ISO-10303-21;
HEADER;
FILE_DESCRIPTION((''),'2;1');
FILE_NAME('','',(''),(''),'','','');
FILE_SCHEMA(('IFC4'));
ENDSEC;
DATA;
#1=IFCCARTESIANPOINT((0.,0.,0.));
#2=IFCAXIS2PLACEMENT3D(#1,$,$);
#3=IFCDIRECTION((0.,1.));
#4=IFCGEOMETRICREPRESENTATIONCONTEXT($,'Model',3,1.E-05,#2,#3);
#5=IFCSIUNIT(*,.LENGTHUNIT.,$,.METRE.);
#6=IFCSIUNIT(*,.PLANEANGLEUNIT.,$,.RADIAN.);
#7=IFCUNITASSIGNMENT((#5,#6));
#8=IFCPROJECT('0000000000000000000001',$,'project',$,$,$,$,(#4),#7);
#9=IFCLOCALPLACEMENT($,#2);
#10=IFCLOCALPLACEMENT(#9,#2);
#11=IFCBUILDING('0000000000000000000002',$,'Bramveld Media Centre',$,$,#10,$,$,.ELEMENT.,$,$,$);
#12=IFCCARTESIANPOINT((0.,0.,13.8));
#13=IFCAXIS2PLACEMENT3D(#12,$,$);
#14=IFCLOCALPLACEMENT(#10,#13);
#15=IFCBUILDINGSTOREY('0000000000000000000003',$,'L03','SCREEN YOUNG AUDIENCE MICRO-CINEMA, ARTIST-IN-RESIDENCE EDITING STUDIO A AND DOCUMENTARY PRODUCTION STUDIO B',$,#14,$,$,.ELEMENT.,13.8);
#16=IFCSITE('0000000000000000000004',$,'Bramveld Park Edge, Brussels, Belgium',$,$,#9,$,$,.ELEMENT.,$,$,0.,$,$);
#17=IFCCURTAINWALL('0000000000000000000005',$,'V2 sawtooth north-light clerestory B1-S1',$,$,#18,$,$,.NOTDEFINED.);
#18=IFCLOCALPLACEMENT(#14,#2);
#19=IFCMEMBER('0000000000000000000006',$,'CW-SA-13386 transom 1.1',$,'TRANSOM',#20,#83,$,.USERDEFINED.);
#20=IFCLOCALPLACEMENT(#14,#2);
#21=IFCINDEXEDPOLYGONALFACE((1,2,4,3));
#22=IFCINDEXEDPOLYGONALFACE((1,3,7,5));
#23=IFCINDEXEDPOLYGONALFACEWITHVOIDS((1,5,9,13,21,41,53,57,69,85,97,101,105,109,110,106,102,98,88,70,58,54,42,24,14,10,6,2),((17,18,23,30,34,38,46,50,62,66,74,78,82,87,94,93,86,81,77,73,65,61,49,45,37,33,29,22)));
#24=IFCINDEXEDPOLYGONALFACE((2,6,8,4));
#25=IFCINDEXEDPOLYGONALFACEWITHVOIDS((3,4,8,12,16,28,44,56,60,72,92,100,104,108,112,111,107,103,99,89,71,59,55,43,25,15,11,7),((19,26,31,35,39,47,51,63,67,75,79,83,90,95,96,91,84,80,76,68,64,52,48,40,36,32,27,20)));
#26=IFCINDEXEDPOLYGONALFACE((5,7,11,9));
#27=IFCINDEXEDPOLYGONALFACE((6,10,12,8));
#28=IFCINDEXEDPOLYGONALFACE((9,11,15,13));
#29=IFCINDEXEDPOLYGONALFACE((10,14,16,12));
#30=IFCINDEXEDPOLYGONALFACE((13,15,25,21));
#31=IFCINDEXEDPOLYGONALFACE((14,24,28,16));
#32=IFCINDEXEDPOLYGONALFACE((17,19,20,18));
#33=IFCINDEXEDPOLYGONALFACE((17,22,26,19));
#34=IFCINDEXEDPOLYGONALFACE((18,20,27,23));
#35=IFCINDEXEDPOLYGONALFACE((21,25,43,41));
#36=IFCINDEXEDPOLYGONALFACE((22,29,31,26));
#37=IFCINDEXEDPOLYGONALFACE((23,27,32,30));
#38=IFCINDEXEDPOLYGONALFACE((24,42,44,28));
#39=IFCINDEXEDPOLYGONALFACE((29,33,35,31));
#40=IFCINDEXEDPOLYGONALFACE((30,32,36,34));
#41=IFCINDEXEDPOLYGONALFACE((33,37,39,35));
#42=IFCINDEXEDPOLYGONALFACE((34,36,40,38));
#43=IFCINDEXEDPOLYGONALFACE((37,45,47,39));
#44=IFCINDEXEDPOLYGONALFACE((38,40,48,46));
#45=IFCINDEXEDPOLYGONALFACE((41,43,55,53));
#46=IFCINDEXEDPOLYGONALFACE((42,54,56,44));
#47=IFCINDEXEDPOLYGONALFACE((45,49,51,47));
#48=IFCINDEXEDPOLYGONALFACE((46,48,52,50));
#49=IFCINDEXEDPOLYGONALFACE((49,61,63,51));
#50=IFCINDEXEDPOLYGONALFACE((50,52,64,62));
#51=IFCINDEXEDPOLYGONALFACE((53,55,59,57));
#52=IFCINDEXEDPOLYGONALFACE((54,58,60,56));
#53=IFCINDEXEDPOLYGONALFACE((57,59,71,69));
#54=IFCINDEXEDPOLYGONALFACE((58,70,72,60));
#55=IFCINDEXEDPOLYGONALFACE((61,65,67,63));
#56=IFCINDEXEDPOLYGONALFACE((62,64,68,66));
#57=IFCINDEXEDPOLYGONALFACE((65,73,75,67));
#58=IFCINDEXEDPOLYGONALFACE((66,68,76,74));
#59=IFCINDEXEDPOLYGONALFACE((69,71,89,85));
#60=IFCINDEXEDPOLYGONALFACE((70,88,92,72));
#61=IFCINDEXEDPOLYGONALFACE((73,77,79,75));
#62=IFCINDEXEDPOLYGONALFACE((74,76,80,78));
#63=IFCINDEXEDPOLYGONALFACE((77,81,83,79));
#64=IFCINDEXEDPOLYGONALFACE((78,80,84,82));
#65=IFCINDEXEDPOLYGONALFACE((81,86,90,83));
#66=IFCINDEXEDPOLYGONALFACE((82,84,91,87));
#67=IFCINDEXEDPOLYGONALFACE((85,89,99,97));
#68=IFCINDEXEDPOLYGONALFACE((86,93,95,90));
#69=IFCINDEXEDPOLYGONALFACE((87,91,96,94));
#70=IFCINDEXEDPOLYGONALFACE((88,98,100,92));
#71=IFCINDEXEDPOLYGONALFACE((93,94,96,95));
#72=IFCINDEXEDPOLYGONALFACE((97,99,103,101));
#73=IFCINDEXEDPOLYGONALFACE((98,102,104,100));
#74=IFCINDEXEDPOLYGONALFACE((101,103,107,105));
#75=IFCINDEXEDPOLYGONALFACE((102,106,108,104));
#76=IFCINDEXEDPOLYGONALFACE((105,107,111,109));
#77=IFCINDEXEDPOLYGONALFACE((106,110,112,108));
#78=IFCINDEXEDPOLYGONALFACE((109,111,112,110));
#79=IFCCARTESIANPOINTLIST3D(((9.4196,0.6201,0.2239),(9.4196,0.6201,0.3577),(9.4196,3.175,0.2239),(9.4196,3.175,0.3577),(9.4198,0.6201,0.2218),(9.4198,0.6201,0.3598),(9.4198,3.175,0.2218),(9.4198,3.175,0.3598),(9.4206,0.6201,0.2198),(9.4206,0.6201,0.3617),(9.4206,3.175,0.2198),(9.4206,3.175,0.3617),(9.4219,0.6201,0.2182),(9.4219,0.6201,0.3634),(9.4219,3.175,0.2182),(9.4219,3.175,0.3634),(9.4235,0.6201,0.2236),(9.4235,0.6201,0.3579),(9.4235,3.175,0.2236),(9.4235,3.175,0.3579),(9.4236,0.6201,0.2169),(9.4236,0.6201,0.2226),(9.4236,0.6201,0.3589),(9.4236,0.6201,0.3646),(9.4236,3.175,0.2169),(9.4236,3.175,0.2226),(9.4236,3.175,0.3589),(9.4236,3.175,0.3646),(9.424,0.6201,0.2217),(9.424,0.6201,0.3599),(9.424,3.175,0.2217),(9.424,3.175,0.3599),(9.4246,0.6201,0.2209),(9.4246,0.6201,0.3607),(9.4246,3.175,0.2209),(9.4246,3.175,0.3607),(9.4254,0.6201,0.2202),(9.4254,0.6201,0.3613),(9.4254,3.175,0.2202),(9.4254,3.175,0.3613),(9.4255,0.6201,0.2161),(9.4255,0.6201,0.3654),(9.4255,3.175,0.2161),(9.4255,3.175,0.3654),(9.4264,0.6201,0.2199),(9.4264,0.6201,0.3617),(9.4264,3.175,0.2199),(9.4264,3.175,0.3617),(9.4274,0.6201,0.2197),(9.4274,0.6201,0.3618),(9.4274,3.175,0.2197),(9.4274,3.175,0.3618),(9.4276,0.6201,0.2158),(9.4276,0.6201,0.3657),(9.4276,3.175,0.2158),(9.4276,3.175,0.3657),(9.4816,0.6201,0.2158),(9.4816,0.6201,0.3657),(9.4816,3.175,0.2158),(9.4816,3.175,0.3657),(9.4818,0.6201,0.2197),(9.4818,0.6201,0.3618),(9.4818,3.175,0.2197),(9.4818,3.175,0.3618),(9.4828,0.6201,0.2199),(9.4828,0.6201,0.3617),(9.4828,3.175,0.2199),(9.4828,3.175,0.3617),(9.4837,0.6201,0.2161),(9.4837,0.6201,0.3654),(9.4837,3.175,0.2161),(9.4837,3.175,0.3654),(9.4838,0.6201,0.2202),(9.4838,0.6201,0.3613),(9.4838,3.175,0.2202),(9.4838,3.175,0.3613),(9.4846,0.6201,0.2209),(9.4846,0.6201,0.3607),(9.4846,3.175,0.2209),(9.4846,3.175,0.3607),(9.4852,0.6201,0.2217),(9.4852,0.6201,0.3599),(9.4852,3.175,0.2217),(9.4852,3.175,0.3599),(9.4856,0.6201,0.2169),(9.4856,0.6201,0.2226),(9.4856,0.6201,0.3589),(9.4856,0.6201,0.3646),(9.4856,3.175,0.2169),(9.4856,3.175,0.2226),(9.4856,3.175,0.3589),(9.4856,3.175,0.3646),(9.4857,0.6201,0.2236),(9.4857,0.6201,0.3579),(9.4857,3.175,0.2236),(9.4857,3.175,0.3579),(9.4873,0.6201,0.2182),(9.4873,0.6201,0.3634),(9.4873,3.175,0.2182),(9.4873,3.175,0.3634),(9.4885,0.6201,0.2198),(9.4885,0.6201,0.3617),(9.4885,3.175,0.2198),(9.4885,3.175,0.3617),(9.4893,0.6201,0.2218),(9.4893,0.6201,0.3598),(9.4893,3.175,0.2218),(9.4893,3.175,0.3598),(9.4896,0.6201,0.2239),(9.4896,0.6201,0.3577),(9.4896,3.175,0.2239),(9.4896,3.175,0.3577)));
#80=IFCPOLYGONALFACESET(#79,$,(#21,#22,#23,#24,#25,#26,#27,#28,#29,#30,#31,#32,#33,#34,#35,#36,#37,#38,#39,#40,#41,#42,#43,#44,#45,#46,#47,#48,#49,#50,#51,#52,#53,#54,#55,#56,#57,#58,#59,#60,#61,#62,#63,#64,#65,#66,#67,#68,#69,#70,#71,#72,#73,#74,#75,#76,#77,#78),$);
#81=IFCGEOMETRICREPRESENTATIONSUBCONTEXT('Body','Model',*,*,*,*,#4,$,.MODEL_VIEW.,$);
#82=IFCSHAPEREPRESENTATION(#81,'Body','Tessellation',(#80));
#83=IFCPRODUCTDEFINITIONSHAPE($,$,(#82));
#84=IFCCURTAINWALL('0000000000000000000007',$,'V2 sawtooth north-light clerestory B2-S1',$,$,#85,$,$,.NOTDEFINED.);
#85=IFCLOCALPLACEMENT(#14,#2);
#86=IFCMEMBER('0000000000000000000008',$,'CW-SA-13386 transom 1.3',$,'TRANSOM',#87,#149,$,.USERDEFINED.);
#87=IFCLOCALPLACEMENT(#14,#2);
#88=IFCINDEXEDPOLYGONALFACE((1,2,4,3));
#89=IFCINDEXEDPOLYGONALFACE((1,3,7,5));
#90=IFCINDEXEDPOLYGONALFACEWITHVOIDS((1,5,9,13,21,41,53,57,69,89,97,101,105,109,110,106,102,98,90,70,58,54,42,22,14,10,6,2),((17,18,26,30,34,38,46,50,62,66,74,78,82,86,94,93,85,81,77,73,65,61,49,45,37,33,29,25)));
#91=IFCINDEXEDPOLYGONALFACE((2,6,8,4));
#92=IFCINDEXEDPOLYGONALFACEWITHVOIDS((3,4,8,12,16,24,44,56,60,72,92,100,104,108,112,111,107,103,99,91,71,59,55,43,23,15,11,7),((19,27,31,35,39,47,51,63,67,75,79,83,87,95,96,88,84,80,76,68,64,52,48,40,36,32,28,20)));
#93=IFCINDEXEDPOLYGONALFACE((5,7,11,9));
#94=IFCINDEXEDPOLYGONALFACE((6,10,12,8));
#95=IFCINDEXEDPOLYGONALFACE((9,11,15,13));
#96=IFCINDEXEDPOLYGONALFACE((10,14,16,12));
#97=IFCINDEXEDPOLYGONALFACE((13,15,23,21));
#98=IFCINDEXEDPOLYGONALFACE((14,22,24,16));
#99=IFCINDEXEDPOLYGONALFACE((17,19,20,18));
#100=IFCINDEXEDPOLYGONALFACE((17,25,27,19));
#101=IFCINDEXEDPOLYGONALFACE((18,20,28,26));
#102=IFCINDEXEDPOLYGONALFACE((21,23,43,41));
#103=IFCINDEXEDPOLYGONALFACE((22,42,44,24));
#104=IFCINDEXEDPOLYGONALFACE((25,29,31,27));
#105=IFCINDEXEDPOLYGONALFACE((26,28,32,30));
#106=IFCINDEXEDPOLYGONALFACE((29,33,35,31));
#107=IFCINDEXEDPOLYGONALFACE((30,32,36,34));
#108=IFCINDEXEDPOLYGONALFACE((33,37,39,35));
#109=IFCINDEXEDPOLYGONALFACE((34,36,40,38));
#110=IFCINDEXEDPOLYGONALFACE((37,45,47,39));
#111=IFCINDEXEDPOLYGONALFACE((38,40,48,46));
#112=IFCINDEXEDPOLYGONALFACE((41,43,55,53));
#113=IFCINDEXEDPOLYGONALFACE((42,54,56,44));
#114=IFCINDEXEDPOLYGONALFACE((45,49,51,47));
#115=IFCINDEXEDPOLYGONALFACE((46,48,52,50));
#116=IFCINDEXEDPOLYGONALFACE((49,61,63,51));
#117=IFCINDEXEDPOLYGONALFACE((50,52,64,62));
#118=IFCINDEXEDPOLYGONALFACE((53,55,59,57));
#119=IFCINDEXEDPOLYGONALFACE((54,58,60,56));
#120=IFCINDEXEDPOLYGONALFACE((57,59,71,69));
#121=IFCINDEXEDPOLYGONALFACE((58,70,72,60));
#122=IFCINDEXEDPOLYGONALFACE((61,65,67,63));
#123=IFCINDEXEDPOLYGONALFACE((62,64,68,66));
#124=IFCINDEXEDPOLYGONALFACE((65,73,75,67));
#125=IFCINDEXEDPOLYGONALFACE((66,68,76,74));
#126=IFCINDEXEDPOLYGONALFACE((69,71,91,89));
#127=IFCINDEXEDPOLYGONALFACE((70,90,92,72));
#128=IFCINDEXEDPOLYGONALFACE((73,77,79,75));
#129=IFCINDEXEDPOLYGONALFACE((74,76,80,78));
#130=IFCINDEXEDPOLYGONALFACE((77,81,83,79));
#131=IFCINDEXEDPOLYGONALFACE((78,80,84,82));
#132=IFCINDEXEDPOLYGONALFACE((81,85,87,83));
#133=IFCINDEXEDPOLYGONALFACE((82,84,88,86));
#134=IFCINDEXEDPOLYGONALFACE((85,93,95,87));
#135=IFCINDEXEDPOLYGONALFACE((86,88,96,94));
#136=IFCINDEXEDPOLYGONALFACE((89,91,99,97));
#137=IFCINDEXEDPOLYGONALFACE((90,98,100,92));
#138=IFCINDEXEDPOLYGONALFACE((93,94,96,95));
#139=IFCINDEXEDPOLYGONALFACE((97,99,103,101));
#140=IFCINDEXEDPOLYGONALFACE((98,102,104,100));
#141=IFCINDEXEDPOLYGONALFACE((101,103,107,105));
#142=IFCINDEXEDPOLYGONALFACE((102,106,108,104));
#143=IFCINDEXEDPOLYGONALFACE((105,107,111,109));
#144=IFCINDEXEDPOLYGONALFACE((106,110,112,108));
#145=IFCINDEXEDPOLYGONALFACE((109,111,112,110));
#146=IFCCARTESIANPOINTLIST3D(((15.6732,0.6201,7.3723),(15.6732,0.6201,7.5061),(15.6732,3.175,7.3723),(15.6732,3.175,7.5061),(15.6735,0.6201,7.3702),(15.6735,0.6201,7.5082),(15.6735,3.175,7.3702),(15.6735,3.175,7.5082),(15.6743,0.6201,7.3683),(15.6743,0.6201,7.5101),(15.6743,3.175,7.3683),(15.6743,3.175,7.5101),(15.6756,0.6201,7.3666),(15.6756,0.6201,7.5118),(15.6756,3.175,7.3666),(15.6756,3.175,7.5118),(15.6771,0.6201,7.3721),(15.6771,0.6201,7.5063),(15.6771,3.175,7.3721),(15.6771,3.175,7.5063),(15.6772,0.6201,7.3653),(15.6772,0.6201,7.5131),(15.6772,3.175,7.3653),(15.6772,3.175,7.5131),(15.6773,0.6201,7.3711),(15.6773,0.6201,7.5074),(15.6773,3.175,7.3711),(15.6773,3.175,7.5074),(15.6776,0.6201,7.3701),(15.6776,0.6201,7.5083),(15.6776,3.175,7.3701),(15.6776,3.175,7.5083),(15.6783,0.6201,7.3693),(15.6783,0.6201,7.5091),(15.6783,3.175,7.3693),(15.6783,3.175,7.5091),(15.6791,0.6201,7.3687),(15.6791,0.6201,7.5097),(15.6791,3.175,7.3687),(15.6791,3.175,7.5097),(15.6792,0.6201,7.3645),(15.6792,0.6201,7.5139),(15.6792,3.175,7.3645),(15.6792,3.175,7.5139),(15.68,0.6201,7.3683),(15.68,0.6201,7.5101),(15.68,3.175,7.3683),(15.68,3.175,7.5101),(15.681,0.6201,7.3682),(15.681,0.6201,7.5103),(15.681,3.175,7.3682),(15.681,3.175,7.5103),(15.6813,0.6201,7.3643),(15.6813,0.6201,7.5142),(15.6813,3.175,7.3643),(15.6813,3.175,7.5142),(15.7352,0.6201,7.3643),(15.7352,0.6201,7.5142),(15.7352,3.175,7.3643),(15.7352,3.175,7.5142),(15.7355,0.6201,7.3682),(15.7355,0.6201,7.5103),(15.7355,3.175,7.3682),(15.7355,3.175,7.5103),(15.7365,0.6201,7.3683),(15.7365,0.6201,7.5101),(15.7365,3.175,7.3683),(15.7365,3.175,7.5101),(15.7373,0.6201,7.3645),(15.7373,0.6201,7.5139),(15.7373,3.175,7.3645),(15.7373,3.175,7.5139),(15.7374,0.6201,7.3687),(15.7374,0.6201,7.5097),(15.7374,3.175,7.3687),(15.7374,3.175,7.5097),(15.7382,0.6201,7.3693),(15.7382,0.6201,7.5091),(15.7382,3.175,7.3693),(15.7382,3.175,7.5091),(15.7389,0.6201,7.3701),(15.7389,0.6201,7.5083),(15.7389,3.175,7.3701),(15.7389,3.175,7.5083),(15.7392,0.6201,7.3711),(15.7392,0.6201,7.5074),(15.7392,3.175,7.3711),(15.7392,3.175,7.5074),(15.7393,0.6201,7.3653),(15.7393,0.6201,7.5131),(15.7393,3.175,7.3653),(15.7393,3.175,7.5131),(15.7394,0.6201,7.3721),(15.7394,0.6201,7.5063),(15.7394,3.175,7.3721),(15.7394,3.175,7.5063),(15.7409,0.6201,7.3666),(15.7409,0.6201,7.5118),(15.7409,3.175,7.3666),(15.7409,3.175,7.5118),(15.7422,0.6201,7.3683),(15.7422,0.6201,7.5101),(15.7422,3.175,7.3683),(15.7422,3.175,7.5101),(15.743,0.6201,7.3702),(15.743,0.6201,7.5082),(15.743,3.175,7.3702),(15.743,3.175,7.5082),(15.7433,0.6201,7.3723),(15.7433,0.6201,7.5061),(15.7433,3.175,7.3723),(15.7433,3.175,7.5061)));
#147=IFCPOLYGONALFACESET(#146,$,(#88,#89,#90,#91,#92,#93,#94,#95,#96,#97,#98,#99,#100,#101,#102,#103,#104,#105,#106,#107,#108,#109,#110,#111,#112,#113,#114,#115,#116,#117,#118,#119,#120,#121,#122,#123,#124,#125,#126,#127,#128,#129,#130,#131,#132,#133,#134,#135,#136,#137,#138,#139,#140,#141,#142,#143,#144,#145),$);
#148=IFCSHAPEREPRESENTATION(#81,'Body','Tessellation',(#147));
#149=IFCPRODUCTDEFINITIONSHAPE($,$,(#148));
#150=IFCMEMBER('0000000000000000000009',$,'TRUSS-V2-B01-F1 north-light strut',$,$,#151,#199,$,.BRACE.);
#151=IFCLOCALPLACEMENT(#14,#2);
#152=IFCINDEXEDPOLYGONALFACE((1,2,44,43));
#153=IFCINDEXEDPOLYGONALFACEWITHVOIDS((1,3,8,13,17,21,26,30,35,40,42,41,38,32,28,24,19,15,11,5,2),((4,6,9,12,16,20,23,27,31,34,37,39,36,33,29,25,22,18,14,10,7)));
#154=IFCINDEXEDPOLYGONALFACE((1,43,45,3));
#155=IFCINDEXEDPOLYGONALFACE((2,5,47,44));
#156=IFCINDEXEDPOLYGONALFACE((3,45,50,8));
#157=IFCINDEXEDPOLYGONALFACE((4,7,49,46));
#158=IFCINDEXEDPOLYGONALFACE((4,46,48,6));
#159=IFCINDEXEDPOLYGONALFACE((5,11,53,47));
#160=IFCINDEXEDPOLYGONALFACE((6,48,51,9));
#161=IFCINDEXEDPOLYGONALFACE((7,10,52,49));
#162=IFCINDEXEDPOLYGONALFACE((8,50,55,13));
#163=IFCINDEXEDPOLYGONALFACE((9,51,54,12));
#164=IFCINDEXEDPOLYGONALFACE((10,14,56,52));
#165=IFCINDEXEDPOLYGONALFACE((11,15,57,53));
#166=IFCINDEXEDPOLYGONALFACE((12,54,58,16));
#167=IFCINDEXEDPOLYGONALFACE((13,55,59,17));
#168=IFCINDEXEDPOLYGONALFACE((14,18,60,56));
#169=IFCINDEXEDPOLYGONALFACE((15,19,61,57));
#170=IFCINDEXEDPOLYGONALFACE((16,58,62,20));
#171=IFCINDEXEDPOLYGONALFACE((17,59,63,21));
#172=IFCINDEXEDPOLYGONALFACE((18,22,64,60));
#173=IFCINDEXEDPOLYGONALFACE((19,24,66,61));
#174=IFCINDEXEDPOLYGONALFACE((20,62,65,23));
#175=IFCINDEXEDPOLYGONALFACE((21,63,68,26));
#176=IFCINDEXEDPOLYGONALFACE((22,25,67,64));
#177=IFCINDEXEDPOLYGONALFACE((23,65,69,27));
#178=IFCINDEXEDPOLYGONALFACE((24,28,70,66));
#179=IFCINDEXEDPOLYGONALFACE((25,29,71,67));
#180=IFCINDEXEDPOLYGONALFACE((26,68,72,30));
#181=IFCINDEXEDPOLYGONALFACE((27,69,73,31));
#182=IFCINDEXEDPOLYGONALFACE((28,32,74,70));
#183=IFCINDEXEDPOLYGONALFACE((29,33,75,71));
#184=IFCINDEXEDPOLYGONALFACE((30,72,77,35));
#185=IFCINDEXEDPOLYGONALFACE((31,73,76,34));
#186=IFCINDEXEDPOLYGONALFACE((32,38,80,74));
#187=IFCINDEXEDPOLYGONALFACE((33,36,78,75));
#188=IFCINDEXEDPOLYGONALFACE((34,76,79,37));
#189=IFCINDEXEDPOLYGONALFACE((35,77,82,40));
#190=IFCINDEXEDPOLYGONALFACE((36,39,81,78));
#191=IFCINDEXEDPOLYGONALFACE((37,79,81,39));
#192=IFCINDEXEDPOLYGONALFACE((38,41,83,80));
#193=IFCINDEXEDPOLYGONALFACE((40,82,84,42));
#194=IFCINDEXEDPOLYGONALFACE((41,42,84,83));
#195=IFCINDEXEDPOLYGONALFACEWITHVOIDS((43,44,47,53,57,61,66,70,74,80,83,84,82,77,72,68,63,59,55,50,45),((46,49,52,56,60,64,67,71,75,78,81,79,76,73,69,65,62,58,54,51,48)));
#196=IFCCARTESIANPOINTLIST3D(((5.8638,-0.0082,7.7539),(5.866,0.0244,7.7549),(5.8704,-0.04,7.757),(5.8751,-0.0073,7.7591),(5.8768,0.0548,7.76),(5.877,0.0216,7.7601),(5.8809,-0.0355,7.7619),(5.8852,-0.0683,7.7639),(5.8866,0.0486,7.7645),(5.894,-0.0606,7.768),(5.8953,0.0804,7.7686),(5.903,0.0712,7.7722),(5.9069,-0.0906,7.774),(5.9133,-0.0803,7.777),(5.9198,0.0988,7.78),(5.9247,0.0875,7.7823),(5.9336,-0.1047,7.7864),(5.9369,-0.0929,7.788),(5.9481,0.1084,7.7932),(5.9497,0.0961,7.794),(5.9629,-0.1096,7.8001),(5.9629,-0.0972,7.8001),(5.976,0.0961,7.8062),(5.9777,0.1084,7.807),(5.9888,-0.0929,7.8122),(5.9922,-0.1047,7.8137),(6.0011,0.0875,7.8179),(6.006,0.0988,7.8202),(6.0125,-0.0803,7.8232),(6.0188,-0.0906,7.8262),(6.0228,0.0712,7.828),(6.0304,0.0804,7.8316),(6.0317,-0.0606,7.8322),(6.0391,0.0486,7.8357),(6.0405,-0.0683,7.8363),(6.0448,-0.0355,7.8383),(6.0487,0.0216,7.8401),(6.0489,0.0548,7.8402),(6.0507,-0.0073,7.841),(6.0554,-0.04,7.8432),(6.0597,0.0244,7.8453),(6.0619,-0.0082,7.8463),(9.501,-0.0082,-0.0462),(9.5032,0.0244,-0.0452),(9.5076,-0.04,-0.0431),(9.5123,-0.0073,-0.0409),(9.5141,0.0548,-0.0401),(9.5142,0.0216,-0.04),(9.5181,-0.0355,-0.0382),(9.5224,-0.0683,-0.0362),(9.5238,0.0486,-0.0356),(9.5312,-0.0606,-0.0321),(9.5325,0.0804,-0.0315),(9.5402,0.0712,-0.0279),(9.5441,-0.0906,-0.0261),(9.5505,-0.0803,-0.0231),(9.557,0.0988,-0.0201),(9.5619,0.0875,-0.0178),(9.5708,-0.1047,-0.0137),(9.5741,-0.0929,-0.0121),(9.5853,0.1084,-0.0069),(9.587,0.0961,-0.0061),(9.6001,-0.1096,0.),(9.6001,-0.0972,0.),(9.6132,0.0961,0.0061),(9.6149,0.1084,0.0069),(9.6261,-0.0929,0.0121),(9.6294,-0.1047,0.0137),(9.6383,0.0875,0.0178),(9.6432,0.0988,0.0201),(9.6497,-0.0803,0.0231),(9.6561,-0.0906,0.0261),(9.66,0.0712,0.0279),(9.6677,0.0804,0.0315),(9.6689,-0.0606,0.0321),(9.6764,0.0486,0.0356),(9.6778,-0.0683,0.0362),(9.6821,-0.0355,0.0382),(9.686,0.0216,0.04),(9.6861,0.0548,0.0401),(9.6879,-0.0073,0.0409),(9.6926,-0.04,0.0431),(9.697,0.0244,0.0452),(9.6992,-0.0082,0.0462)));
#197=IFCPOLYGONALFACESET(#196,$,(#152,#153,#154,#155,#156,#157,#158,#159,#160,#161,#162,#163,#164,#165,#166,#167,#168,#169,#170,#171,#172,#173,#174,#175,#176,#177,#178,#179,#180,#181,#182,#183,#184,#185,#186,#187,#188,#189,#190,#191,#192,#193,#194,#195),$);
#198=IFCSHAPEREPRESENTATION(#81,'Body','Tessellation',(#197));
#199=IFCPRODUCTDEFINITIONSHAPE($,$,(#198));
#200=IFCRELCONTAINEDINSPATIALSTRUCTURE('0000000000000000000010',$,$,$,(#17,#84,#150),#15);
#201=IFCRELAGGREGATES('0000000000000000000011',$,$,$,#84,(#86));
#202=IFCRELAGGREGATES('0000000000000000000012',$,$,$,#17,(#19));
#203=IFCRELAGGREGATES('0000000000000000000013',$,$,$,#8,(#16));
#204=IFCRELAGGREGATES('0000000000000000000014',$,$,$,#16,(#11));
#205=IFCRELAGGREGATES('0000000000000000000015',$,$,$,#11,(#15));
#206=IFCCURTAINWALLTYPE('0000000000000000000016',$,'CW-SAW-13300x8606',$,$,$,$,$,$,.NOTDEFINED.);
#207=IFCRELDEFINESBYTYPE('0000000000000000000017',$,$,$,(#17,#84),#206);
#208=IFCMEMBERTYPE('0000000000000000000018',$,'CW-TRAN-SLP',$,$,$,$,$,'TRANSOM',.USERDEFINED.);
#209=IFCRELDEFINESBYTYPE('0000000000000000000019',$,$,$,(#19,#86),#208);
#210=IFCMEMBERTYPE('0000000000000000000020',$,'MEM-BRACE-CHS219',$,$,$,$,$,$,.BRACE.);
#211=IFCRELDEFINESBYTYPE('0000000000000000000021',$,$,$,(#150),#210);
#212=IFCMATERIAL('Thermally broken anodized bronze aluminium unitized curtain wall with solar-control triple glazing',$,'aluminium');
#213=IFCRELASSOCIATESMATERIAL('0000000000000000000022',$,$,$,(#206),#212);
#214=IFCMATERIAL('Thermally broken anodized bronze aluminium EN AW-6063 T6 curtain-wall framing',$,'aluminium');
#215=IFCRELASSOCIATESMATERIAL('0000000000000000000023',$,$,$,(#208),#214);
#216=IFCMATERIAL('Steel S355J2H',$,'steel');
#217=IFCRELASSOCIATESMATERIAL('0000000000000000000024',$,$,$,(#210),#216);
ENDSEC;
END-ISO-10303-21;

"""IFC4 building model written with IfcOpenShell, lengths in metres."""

from ifc_helpers import new_model, si_unit, direction, frame, origin, origin_2d, place, context, subcontext, project, spatial, hollow_rectangle, hollow_circle, extrude, material, material_profile, profile_set, type_object, element, aggregate, save


model = new_model("IFC4")

# Units and contexts
model_context = context("Model", 3, precision=1e-05, world=origin(), true_north=direction((0.0, 1.0)))
body_context = subcontext(model_context, "Body", "Model", "MODEL_VIEW")
ifc_project = project(units=[si_unit("LENGTHUNIT", "METRE"), si_unit("PLANEANGLEUNIT", "RADIAN")], contexts=[model_context])

# Site, building, storey
site_placement = place(None, origin())
site = spatial("IfcSite", under=ifc_project, at=site_placement, Name="Bramveld Park Edge, Brussels, Belgium", CompositionType="ELEMENT", RefElevation=0.0)
building_placement = place(site_placement, origin())
building = spatial("IfcBuilding", under=site, at=building_placement, Name="Bramveld Media Centre", CompositionType="ELEMENT")
storey_placement = place(building_placement, frame((0.0, 0.0, 13.8)))
storey = spatial("IfcBuildingStorey", under=building, at=storey_placement, Name="L03", Description="SCREEN YOUNG AUDIENCE MICRO-CINEMA, ARTIST-IN-RESIDENCE EDITING STUDIO A AND DOCUMENTARY PRODUCTION STUDIO B", CompositionType="ELEMENT", Elevation=13.8)

# Curtain wall, member
ifc_material_1 = material(Name="Thermally broken anodized bronze aluminium unitized curtain wall with solar-control triple glazing", Category="aluminium")
curtain_wall_type = type_object("IfcCurtainWallType", Name="CW-SAW-13300x8606", PredefinedType="NOTDEFINED", material=ifc_material_1)
curtain_wall_1_placement = place(storey_placement, origin())
curtain_wall_1 = element("IfcCurtainWall", 1, at=curtain_wall_1_placement, inside=storey, type_object=curtain_wall_type, Name="V2 sawtooth north-light clerestory B1-S1", PredefinedType="NOTDEFINED")
ifc_material_2 = material(Name="Thermally broken anodized bronze aluminium EN AW-6063 T6 curtain-wall framing", Category="aluminium")
ifc_material_profile_1 = material_profile(ifc_material_2, hollow_rectangle(XDim=0.0701, YDim=0.1499, WallThickness=0.0039, InnerFilletRadius=0.0039, OuterFilletRadius=0.0081, at=origin_2d()), Name="AL-TRAN 70x150")
ifc_profile_set_1 = profile_set([ifc_material_profile_1], Name="Thermally broken anodized bronze aluminium EN AW-6063 T6 curtain-wall framing")
member_type_1 = type_object("IfcMemberType", Name="CW-TRAN-SLP", ElementType="TRANSOM", PredefinedType="USERDEFINED", material=ifc_profile_set_1)
member_1_placement = place(storey_placement, frame((9.4546, 0.6201, 0.2908), z_axis=(0.0, 1.0, 0.0), x_axis=(-1.0, 0.0, 0.0)))
member_1 = element("IfcMember", 2, at=member_1_placement, type_object=member_type_1, Name="CW-SA-13386 transom 1.1", ObjectType="TRANSOM", PredefinedType="USERDEFINED", context=body_context, shape_type="SweptSolid", body=[
    extrude(hollow_rectangle(XDim=0.0701, YDim=0.1499, WallThickness=0.0039, InnerFilletRadius=0.0039, OuterFilletRadius=0.0081, at=origin_2d()), origin(), (0.0, 0.0, 1.0), 2.5549),
])

# Curtain wall, member
curtain_wall_2_placement = place(storey_placement, origin())
curtain_wall_2 = element("IfcCurtainWall", 3, at=curtain_wall_2_placement, inside=storey, type_object=curtain_wall_type, Name="V2 sawtooth north-light clerestory B2-S1", PredefinedType="NOTDEFINED")
member_2_placement = place(storey_placement, frame((15.7083, 0.6201, 7.4392), z_axis=(0.0, 1.0, 0.0), x_axis=(-1.0, 0.0, 0.0)))
member_2 = element("IfcMember", 4, at=member_2_placement, type_object=member_type_1, Name="CW-SA-13386 transom 1.3", ObjectType="TRANSOM", PredefinedType="USERDEFINED", context=body_context, shape_type="SweptSolid", body=[
    extrude(hollow_rectangle(XDim=0.0701, YDim=0.1499, WallThickness=0.0039, InnerFilletRadius=0.0039, OuterFilletRadius=0.0081, at=origin_2d()), origin(), (0.0, 0.0, 1.0), 2.5549),
])
aggregate(curtain_wall_2, [member_2])

# Member
ifc_material_3 = material(Name="Steel S355J2H", Category="steel")
ifc_material_profile_2 = material_profile(ifc_material_3, hollow_circle(Radius=0.1096, WallThickness=0.0125, at=origin_2d()), Name="CHS 219.1x12.5")
ifc_profile_set_2 = profile_set([ifc_material_profile_2], Name="Steel S355J2H")
member_type_2 = type_object("IfcMemberType", Name="MEM-BRACE-CHS219", PredefinedType="BRACE", material=ifc_profile_set_2)
member_3_placement = place(storey_placement, frame((9.6001, 0.0, 0.0), z_axis=(-0.422617, 0.0, 0.906308), x_axis=(0.0, -1.0, 0.0)))
element("IfcMember", 5, at=member_3_placement, inside=storey, type_object=member_type_2, Name="TRUSS-V2-B01-F1 north-light strut", PredefinedType="BRACE", context=body_context, shape_type="SweptSolid", body=[
    extrude(hollow_circle(Radius=0.1096, WallThickness=0.0125, at=origin_2d()), origin(), (0.0, 0.0, 1.0), 8.6064),
])

aggregate(curtain_wall_1, [member_1])

save(model, "model.ifc")
